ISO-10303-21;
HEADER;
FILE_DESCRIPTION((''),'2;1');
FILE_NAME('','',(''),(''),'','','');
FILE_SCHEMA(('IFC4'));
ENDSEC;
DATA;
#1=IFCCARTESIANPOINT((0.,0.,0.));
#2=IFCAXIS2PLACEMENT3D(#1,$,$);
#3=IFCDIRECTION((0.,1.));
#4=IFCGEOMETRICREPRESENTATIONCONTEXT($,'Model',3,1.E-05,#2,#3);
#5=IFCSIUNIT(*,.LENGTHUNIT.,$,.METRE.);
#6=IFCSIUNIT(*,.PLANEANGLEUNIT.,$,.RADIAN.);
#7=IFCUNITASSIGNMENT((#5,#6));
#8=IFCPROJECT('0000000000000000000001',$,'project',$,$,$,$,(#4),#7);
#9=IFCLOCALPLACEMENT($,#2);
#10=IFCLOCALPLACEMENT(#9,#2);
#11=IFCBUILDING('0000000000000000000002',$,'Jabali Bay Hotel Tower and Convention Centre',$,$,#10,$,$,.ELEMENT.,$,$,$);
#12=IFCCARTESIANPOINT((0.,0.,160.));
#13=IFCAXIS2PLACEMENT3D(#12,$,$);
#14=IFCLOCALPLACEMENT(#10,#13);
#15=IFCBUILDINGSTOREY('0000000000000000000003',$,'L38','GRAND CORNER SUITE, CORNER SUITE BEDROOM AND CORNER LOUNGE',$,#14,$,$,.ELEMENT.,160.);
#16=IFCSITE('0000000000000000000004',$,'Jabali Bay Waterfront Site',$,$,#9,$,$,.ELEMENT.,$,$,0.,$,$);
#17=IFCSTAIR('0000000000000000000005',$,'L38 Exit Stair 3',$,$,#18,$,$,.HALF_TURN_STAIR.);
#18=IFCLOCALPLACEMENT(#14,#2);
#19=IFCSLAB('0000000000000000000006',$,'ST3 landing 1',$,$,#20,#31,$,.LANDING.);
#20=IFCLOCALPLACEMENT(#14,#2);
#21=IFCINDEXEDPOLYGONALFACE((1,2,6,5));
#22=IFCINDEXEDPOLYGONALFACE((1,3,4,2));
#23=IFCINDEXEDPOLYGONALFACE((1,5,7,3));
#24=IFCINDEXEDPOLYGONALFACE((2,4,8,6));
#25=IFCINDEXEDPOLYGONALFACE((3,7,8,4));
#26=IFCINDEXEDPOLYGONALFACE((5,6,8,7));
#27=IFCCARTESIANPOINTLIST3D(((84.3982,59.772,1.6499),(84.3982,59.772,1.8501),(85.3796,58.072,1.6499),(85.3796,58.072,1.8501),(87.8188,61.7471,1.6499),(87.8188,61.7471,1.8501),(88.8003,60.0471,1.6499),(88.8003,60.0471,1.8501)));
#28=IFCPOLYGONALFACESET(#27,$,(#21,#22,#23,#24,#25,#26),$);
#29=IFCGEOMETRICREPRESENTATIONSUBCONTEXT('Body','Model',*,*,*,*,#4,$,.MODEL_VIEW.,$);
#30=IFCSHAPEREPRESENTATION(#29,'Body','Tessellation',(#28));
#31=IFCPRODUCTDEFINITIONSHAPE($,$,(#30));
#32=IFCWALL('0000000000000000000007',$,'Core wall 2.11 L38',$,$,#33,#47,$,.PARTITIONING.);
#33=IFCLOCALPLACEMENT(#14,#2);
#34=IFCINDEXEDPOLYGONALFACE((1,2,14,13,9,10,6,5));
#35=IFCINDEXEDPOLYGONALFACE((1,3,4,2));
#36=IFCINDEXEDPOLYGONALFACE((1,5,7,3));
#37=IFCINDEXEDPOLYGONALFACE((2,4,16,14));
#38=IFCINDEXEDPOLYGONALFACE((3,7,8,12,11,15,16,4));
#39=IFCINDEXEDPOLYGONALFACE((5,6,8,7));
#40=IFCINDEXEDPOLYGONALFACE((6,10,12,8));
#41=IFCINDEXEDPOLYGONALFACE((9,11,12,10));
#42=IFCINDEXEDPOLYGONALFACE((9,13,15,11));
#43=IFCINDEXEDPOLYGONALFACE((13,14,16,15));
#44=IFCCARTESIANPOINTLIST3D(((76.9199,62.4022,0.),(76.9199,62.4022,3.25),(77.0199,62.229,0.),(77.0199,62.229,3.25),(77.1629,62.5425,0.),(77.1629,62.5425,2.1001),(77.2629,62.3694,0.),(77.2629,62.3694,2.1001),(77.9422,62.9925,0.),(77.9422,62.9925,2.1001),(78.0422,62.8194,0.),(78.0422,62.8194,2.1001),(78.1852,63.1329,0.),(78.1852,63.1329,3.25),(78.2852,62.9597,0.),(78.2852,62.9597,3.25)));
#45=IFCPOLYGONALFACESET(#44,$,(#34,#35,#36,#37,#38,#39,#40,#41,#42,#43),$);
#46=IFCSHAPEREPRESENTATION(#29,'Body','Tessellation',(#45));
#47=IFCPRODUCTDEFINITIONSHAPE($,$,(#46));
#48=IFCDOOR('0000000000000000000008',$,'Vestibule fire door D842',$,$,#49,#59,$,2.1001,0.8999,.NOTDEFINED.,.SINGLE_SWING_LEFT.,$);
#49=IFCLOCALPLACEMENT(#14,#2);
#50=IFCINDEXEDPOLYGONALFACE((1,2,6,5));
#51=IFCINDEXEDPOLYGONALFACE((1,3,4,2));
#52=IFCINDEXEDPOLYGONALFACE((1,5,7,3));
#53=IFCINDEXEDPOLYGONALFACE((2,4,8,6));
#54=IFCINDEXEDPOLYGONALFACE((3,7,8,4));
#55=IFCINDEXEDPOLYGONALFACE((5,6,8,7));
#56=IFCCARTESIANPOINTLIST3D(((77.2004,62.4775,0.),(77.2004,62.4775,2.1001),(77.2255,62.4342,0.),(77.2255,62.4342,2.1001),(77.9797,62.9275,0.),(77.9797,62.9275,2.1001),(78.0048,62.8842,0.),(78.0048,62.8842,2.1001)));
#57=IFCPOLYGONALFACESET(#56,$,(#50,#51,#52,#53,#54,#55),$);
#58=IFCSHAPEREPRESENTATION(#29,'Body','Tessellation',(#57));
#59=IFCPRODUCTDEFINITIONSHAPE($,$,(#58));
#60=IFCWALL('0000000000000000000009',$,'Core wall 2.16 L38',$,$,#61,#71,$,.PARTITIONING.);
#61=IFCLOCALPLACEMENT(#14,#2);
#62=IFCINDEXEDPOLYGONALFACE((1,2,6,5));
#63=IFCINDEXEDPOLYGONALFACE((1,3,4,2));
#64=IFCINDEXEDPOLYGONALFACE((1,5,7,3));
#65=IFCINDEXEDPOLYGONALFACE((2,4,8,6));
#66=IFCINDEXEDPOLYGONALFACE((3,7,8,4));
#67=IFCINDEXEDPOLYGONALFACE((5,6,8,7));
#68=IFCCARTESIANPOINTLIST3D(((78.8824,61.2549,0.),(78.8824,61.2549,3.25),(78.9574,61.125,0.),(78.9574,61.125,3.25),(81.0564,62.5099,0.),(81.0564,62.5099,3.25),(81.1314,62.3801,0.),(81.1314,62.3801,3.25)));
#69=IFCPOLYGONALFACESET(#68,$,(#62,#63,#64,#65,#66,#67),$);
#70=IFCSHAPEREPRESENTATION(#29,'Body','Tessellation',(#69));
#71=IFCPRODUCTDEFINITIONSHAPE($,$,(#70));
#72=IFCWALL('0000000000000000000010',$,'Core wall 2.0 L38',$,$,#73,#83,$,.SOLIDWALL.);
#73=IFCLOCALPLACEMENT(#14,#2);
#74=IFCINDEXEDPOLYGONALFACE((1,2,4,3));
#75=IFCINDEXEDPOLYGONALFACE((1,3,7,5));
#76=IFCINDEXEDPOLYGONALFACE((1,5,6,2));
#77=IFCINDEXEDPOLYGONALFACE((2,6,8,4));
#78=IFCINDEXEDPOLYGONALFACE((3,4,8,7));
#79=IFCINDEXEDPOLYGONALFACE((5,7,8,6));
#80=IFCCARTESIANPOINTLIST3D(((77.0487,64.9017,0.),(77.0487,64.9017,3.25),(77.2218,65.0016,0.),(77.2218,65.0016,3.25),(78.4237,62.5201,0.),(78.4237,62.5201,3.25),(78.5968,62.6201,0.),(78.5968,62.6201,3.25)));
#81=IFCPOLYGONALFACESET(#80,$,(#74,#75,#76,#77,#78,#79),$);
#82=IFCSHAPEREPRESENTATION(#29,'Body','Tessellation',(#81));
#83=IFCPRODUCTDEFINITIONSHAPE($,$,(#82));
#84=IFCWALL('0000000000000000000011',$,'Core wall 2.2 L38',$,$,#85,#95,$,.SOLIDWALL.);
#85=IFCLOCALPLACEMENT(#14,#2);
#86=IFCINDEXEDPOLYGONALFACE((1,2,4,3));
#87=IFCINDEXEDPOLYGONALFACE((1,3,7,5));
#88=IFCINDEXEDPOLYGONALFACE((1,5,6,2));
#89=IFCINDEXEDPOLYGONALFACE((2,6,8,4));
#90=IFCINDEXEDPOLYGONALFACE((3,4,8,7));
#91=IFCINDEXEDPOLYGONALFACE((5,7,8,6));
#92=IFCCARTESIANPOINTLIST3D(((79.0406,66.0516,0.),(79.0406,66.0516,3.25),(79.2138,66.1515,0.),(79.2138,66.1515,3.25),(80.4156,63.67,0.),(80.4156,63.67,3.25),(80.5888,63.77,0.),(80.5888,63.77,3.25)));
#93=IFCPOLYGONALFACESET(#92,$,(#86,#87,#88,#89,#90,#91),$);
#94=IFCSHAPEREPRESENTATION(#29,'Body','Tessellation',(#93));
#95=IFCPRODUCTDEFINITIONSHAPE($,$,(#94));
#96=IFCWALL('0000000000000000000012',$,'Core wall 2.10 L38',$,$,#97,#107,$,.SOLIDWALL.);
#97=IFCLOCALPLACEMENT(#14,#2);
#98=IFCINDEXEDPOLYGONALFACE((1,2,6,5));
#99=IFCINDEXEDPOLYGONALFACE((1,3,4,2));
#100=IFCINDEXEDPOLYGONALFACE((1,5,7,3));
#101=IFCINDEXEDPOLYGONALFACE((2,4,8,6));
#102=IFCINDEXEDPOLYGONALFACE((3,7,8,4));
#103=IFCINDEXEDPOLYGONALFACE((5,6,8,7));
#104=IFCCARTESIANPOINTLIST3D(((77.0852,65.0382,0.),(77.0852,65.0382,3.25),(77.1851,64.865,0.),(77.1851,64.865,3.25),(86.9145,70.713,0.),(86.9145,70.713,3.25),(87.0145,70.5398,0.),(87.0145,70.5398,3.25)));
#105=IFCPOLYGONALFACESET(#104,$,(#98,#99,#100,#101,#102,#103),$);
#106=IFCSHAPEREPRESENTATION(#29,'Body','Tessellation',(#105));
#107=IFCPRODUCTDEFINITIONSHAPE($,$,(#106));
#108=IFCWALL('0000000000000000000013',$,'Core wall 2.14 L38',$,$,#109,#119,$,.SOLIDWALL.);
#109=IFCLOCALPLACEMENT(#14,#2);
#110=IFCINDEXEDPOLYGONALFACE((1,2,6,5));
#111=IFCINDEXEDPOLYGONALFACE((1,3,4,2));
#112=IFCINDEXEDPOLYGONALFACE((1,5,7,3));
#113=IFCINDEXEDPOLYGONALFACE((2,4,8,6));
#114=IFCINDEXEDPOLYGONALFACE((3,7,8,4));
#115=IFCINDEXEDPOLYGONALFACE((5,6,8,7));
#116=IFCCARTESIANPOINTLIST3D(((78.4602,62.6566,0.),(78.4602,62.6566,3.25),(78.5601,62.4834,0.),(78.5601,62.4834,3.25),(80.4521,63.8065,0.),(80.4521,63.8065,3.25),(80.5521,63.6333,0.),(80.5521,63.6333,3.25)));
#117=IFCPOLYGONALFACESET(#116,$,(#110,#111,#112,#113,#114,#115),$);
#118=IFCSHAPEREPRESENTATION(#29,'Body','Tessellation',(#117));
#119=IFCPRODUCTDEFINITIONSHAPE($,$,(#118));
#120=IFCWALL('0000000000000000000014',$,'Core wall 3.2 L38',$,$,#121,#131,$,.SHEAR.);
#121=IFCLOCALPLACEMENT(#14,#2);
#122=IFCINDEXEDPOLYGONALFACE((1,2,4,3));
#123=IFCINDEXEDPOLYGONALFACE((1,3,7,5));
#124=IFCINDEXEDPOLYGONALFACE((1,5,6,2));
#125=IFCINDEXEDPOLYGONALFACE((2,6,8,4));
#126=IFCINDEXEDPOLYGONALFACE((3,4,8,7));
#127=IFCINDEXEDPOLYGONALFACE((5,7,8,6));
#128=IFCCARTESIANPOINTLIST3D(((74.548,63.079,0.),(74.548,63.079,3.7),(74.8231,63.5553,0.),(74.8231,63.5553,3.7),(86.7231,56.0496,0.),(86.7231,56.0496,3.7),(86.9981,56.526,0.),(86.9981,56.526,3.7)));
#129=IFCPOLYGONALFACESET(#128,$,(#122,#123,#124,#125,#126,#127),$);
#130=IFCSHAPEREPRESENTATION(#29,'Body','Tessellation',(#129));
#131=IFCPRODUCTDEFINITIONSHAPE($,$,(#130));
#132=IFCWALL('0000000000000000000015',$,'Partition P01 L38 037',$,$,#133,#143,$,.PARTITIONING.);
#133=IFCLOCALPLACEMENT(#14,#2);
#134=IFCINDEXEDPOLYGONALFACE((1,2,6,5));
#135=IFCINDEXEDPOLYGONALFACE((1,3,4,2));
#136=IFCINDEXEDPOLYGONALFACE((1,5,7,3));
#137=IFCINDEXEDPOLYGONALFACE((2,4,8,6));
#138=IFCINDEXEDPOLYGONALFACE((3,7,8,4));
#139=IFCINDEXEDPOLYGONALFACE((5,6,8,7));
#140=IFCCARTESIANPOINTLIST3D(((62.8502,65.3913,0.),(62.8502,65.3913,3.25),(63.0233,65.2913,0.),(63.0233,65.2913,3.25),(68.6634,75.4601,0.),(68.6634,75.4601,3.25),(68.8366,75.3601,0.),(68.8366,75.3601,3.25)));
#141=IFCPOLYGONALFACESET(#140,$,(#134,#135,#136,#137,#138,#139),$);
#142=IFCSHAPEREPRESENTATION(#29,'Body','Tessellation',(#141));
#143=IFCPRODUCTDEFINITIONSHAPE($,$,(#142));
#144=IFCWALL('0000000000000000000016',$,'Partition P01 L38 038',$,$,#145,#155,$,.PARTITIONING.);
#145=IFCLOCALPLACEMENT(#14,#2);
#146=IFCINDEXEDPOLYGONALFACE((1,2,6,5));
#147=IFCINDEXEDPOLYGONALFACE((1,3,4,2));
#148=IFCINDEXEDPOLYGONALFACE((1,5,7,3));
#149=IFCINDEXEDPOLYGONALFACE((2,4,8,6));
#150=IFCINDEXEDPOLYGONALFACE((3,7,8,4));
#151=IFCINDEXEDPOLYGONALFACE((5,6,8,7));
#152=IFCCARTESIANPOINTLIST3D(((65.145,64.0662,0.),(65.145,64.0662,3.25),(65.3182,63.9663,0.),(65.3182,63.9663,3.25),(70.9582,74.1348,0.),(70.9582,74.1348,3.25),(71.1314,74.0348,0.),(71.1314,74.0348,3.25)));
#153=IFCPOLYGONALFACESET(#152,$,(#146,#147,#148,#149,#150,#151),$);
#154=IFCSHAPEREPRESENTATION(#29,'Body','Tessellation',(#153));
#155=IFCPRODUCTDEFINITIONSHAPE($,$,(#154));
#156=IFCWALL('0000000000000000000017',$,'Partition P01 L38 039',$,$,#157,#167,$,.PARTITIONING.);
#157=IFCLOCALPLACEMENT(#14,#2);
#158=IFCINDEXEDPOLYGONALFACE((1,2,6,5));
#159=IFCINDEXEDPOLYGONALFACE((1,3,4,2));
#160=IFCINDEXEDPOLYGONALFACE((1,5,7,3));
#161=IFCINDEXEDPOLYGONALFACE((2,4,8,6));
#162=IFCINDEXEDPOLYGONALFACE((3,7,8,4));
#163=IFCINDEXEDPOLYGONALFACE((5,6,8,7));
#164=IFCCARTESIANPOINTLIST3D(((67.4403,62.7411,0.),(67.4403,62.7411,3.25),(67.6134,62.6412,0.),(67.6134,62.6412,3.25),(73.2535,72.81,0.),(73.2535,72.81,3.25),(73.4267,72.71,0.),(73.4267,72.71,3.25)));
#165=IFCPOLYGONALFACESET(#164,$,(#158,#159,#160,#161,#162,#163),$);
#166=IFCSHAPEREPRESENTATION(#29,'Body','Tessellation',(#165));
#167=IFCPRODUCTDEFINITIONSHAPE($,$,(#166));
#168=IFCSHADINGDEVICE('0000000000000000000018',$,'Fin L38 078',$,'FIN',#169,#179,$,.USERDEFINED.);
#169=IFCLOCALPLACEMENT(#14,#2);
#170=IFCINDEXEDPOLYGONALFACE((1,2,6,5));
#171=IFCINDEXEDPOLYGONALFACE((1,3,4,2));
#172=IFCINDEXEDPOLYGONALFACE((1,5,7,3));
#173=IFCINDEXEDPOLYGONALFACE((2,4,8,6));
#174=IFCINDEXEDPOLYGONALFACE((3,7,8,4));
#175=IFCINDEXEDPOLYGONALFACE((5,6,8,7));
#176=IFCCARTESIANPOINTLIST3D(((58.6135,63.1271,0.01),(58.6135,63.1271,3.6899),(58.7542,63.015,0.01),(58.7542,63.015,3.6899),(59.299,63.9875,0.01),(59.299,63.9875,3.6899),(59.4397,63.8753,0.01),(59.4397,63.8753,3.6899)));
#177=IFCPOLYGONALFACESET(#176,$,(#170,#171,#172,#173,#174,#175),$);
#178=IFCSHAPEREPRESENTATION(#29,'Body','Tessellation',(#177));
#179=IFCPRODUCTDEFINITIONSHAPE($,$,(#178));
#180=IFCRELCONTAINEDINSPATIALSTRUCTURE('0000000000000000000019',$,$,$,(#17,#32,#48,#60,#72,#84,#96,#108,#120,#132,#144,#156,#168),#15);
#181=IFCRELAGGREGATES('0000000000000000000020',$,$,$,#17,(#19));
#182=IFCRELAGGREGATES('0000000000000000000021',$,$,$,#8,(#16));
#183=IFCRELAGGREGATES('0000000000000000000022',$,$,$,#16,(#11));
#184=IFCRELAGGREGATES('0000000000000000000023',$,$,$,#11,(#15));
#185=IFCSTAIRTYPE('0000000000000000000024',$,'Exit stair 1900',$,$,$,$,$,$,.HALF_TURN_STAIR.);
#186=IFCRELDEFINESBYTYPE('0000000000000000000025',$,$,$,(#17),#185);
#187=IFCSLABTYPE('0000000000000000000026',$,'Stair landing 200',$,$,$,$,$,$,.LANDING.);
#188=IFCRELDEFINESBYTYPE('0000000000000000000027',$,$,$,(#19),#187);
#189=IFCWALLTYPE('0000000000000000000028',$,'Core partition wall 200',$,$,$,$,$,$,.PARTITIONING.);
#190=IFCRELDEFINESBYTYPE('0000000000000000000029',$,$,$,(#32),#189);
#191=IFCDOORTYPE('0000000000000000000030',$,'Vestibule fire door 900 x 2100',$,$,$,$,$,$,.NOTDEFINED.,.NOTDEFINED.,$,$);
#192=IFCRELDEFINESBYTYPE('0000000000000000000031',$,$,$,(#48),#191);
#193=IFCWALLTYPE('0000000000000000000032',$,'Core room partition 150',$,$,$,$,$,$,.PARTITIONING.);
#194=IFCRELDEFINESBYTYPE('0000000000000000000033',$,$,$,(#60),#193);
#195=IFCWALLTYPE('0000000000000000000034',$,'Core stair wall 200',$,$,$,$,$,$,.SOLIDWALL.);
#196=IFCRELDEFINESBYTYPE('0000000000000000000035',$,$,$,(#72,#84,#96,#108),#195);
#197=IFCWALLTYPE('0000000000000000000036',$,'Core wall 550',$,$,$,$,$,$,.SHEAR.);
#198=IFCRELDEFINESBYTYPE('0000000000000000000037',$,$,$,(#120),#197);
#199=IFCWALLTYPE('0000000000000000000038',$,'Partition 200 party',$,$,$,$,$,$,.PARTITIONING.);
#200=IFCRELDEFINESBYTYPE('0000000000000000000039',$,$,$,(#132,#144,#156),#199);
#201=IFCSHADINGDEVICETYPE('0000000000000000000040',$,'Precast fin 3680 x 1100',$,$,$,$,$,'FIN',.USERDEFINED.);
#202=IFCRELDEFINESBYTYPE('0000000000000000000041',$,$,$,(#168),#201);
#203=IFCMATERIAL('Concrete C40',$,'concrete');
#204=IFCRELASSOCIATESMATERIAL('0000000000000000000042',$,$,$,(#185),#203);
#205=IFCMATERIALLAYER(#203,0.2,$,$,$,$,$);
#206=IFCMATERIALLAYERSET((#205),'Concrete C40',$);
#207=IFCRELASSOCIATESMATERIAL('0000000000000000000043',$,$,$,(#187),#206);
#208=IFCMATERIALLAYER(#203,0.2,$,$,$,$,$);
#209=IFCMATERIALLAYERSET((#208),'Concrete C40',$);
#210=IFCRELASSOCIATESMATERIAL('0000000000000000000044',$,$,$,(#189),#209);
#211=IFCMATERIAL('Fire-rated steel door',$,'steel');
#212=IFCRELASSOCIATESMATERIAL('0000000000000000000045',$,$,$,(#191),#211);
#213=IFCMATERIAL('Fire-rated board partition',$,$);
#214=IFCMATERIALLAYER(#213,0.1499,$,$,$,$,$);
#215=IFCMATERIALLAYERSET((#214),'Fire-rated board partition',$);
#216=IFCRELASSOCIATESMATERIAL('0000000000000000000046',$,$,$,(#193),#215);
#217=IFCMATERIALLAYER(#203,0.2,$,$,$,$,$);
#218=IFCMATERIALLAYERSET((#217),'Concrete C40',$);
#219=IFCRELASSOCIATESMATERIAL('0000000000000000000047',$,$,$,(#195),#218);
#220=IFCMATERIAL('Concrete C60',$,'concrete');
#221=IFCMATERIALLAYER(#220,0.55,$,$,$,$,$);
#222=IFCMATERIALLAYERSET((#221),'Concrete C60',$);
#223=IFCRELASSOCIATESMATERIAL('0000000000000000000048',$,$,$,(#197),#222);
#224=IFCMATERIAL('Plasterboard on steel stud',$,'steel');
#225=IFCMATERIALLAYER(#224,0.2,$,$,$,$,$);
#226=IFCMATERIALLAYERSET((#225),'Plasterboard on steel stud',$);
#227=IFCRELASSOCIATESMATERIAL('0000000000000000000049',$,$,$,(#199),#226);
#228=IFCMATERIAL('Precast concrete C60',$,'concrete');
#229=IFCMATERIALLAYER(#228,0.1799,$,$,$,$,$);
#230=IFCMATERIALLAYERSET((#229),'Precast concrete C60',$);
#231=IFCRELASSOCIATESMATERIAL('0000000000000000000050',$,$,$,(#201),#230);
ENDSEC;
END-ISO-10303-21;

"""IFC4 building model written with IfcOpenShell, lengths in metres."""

from ifc_helpers import new_model, si_unit, direction, frame, frame_2d, origin, place, context, subcontext, project, spatial, polyline, rectangle, outline, extrude, material, layer, layer_set, type_object, element, fill, aggregate, save


model = new_model("IFC4")

# Units and contexts
model_context = context("Model", 3, precision=1e-05, world=origin(), true_north=direction((0.0, 1.0)))
body_context = subcontext(model_context, "Body", "Model", "MODEL_VIEW")
ifc_project = project(units=[si_unit("LENGTHUNIT", "METRE"), si_unit("PLANEANGLEUNIT", "RADIAN")], contexts=[model_context])

# Site, building, storey
site_placement = place(None, origin())
site = spatial("IfcSite", under=ifc_project, at=site_placement, Name="Jabali Bay Waterfront Site", CompositionType="ELEMENT", RefElevation=0.0)
building_placement = place(site_placement, origin())
building = spatial("IfcBuilding", under=site, at=building_placement, Name="Jabali Bay Hotel Tower and Convention Centre", CompositionType="ELEMENT")
storey_placement = place(building_placement, frame((0.0, 0.0, 160.0)))
storey = spatial("IfcBuildingStorey", under=building, at=storey_placement, Name="L38", Description="GRAND CORNER SUITE, CORNER SUITE BEDROOM AND CORNER LOUNGE", CompositionType="ELEMENT", Elevation=160.0)

# Shared definitions
ifc_material_1 = material(Name="Concrete C60", Category="concrete")

# Shared definitions
ifc_material_2 = material(Name="Concrete C40", Category="concrete")

# Stair, slab
stair_type = type_object("IfcStairType", Name="Exit stair 1900", PredefinedType="HALF_TURN_STAIR", material=ifc_material_2)
ifc_layer_1 = layer(ifc_material_2, 0.2)
ifc_layer_set_1 = layer_set([ifc_layer_1], Name="Concrete C40")
slab_type_1 = type_object("IfcSlabType", Name="Stair landing 200", PredefinedType="LANDING", material=ifc_layer_set_1)
stair_1_placement = place(storey_placement, origin())
stair_1 = element("IfcStair", 1, at=stair_1_placement, inside=storey, type_object=stair_type, Name="L38 Exit Stair 3", PredefinedType="HALF_TURN_STAIR")
slab_1_placement = place(storey_placement, frame((0.0, 0.0, 1.6499)))
slab_1 = element("IfcSlab", 2, at=slab_1_placement, type_object=slab_type_1, Name="ST3 landing 1", PredefinedType="LANDING", context=body_context, shape_type="SweptSolid", body=[
    extrude(outline(polyline([(84.3982, 59.772), (85.3796, 58.072), (88.8003, 60.0471), (87.8188, 61.7471), (84.3982, 59.772)])), origin(), (0.0, 0.0, 1.0), 0.2002),
])
aggregate(stair_1, [slab_1])

# Wall, opening, door
ifc_layer_2 = layer(ifc_material_2, 0.2)
ifc_layer_set_2 = layer_set([ifc_layer_2], Name="Concrete C40")
wall_type_1 = type_object("IfcWallType", Name="Core partition wall 200", PredefinedType="PARTITIONING", material=ifc_layer_set_2)
wall_1_placement = place(storey_placement, frame((76.97, 62.3157, 0.0), z_axis=(0.0, 0.0, 1.0), x_axis=(0.865982, 0.500074, 0.0)))
wall_1 = element("IfcWall", 3, at=wall_1_placement, inside=storey, type_object=wall_type_1, Name="Core wall 2.11 L38", PredefinedType="PARTITIONING", context=body_context, shape_type="SweptSolid", body=[
    extrude(rectangle(XDim=1.4612, YDim=0.2, at=frame_2d((0.7305, 0.0))), origin(), (0.0, 0.0, 1.0), 3.25),
])
opening_placement = place(wall_1_placement, frame((0.2805, 0.0, 0.0)))
opening = element("IfcOpeningElement", 4, at=opening_placement, cuts=wall_1, PredefinedType="OPENING", context=body_context, shape_type="SweptSolid", body=[
    extrude(rectangle(XDim=0.8999, YDim=2.1001, at=frame_2d((0.45, 1.05))), frame((0.0, 0.1104, 0.0), z_axis=(0.0, -1.0, 0.0), x_axis=(1.0, 0.0, 0.0)), (0.0, 0.0, 1.0), 0.2209),
])
ifc_material_3 = material(Name="Fire-rated steel door", Category="steel")
door_type = type_object("IfcDoorType", Name="Vestibule fire door 900 x 2100", OperationType="NOTDEFINED", PredefinedType="NOTDEFINED", material=ifc_material_3)
door_placement = place(opening_placement, origin())
door = element("IfcDoor", 5, at=door_placement, inside=storey, type_object=door_type, Name="Vestibule fire door D842", OperationType="SINGLE_SWING_LEFT", OverallHeight=2.1001, OverallWidth=0.8999, PredefinedType="NOTDEFINED", context=body_context, shape_type="SweptSolid", body=[
    extrude(rectangle(XDim=0.8999, YDim=2.1001, at=frame_2d((0.45, 1.05))), frame((0.0, 0.0249, 0.0), z_axis=(0.0, -1.0, 0.0), x_axis=(1.0, 0.0, 0.0)), (0.0, 0.0, 1.0), 0.05),
])
fill(opening, door)

# Walls
ifc_material_4 = material(Name="Fire-rated board partition")
ifc_layer_3 = layer(ifc_material_4, 0.1499)
ifc_layer_set_3 = layer_set([ifc_layer_3], Name="Fire-rated board partition")
wall_type_2 = type_object("IfcWallType", Name="Core room partition 150", PredefinedType="PARTITIONING", material=ifc_layer_set_3)
wall_2_placement = place(storey_placement, frame((78.9199, 61.1899, 0.0), z_axis=(0.0, 0.0, 1.0), x_axis=(0.866038, 0.499978, 0.0)))
element("IfcWall", 6, at=wall_2_placement, inside=storey, type_object=wall_type_2, Name="Core wall 2.16 L38", PredefinedType="PARTITIONING", context=body_context, shape_type="SweptSolid", body=[
    extrude(rectangle(XDim=2.5103, YDim=0.1499, at=frame_2d((1.2551, 0.0))), origin(), (0.0, 0.0, 1.0), 3.25),
])
ifc_layer_4 = layer(ifc_material_2, 0.2)
ifc_layer_set_4 = layer_set([ifc_layer_4], Name="Concrete C40")
wall_type_3 = type_object("IfcWallType", Name="Core stair wall 200", PredefinedType="SOLIDWALL", material=ifc_layer_set_4)
for number, where, z_axis, x_axis, name in (
    (7, (77.1353, 64.9517, 0.0), (0.0, 0.0, 1.0), (0.499997, -0.866027, 0.0), "Core wall 2.0 L38"),
    (8, (79.1272, 66.1016, 0.0), (0.0, 0.0, 1.0), (0.499997, -0.866027, 0.0), "Core wall 2.2 L38"),
):
    element("IfcWall", number, at=place(storey_placement, frame(where, z_axis=z_axis, x_axis=x_axis)), inside=storey, type_object=wall_type_3, Name=name, PredefinedType="SOLIDWALL", context=body_context, shape_type="SweptSolid", body=[
        extrude(rectangle(XDim=2.75, YDim=0.2, at=frame_2d((1.375, 0.0))), origin(), (0.0, 0.0, 1.0), 3.25),
    ])
wall_3_placement = place(storey_placement, frame((77.1353, 64.9517, 0.0), z_axis=(0.0, 0.0, 1.0), x_axis=(0.866032, 0.499989, 0.0)))
element("IfcWall", 9, at=wall_3_placement, inside=storey, type_object=wall_type_3, Name="Core wall 2.10 L38", PredefinedType="SOLIDWALL", context=body_context, shape_type="SweptSolid", body=[
    extrude(rectangle(XDim=11.3499, YDim=0.2, at=frame_2d((5.6748, 0.0))), origin(), (0.0, 0.0, 1.0), 3.25),
])
wall_4_placement = place(storey_placement, frame((78.5103, 62.5701, 0.0), z_axis=(0.0, 0.0, 1.0), x_axis=(0.866053, 0.499952, 0.0)))
element("IfcWall", 10, at=wall_4_placement, inside=storey, type_object=wall_type_3, Name="Core wall 2.14 L38", PredefinedType="SOLIDWALL", context=body_context, shape_type="SweptSolid", body=[
    extrude(rectangle(XDim=2.3, YDim=0.2, at=frame_2d((1.1499, 0.0))), origin(), (0.0, 0.0, 1.0), 3.25),
])
ifc_layer_5 = layer(ifc_material_1, 0.55)
ifc_layer_set_5 = layer_set([ifc_layer_5], Name="Concrete C60")
wall_type_4 = type_object("IfcWallType", Name="Core wall 550", PredefinedType="SHEAR", material=ifc_layer_set_5)
wall_5_placement = place(storey_placement, frame((74.6855, 63.3171, 0.0), z_axis=(0.0, 0.0, 1.0), x_axis=(0.866025, -0.500002, 0.0)))
element("IfcWall", 11, at=wall_5_placement, inside=storey, type_object=wall_type_4, Name="Core wall 3.2 L38", PredefinedType="SHEAR", context=body_context, shape_type="SweptSolid", body=[
    extrude(rectangle(XDim=14.0586, YDim=0.55, at=frame_2d((7.0293, 0.0))), origin(), (0.0, 0.0, 1.0), 3.7),
])
ifc_material_5 = material(Name="Plasterboard on steel stud", Category="steel")
ifc_layer_6 = layer(ifc_material_5, 0.2)
ifc_layer_set_6 = layer_set([ifc_layer_6], Name="Plasterboard on steel stud")
wall_type_5 = type_object("IfcWallType", Name="Partition 200 party", PredefinedType="PARTITIONING", material=ifc_layer_set_6)
wall_6_placement = place(storey_placement, frame((62.9368, 65.3413, 0.0), z_axis=(0.0, 0.0, 1.0), x_axis=(0.499999, 0.866026, 0.0)))
element("IfcWall", 12, at=wall_6_placement, inside=storey, type_object=wall_type_5, Name="Partition P01 L38 037", PredefinedType="PARTITIONING", context=body_context, shape_type="SweptSolid", body=[
    extrude(rectangle(XDim=11.6265, YDim=0.2, at=frame_2d((5.8132, 0.0))), origin(), (0.0, 0.0, 1.0), 3.25),
])
wall_7_placement = place(storey_placement, frame((65.2317, 64.0164, 0.0), z_axis=(0.0, 0.0, 1.0), x_axis=(0.500008, 0.866021, 0.0)))
element("IfcWall", 13, at=wall_7_placement, inside=storey, type_object=wall_type_5, Name="Partition P01 L38 038", PredefinedType="PARTITIONING", context=body_context, shape_type="SweptSolid", body=[
    extrude(rectangle(XDim=11.6262, YDim=0.2, at=frame_2d((5.813, 0.0))), origin(), (0.0, 0.0, 1.0), 3.25),
])
wall_8_placement = place(storey_placement, frame((67.5269, 62.6912, 0.0), z_axis=(0.0, 0.0, 1.0), x_axis=(0.499999, 0.866026, 0.0)))
element("IfcWall", 14, at=wall_8_placement, inside=storey, type_object=wall_type_5, Name="Partition P01 L38 039", PredefinedType="PARTITIONING", context=body_context, shape_type="SweptSolid", body=[
    extrude(rectangle(XDim=11.6265, YDim=0.2, at=frame_2d((5.8132, 0.0))), origin(), (0.0, 0.0, 1.0), 3.25),
])

# Shading device
ifc_material_6 = material(Name="Precast concrete C60", Category="concrete")
ifc_layer_7 = layer(ifc_material_6, 0.1799)
ifc_layer_set_7 = layer_set([ifc_layer_7], Name="Precast concrete C60")
shading_device_type_1 = type_object("IfcShadingDeviceType", Name="Precast fin 3680 x 1100", ElementType="FIN", PredefinedType="USERDEFINED", material=ifc_layer_set_7)
shading_device_1_placement = place(storey_placement, frame((59.3694, 63.9314, 0.01), z_axis=(0.0, 0.0, 1.0), x_axis=(-0.623178, -0.78208, 0.0)))
element("IfcShadingDevice", 15, at=shading_device_1_placement, inside=storey, type_object=shading_device_type_1, Name="Fin L38 078", ObjectType="FIN", PredefinedType="USERDEFINED", context=body_context, shape_type="SweptSolid", body=[
    extrude(rectangle(XDim=1.1001, YDim=0.1799, at=frame_2d((0.55, 0.0))), origin(), (0.0, 0.0, 1.0), 3.6799),
])

save(model, "model.ifc")
